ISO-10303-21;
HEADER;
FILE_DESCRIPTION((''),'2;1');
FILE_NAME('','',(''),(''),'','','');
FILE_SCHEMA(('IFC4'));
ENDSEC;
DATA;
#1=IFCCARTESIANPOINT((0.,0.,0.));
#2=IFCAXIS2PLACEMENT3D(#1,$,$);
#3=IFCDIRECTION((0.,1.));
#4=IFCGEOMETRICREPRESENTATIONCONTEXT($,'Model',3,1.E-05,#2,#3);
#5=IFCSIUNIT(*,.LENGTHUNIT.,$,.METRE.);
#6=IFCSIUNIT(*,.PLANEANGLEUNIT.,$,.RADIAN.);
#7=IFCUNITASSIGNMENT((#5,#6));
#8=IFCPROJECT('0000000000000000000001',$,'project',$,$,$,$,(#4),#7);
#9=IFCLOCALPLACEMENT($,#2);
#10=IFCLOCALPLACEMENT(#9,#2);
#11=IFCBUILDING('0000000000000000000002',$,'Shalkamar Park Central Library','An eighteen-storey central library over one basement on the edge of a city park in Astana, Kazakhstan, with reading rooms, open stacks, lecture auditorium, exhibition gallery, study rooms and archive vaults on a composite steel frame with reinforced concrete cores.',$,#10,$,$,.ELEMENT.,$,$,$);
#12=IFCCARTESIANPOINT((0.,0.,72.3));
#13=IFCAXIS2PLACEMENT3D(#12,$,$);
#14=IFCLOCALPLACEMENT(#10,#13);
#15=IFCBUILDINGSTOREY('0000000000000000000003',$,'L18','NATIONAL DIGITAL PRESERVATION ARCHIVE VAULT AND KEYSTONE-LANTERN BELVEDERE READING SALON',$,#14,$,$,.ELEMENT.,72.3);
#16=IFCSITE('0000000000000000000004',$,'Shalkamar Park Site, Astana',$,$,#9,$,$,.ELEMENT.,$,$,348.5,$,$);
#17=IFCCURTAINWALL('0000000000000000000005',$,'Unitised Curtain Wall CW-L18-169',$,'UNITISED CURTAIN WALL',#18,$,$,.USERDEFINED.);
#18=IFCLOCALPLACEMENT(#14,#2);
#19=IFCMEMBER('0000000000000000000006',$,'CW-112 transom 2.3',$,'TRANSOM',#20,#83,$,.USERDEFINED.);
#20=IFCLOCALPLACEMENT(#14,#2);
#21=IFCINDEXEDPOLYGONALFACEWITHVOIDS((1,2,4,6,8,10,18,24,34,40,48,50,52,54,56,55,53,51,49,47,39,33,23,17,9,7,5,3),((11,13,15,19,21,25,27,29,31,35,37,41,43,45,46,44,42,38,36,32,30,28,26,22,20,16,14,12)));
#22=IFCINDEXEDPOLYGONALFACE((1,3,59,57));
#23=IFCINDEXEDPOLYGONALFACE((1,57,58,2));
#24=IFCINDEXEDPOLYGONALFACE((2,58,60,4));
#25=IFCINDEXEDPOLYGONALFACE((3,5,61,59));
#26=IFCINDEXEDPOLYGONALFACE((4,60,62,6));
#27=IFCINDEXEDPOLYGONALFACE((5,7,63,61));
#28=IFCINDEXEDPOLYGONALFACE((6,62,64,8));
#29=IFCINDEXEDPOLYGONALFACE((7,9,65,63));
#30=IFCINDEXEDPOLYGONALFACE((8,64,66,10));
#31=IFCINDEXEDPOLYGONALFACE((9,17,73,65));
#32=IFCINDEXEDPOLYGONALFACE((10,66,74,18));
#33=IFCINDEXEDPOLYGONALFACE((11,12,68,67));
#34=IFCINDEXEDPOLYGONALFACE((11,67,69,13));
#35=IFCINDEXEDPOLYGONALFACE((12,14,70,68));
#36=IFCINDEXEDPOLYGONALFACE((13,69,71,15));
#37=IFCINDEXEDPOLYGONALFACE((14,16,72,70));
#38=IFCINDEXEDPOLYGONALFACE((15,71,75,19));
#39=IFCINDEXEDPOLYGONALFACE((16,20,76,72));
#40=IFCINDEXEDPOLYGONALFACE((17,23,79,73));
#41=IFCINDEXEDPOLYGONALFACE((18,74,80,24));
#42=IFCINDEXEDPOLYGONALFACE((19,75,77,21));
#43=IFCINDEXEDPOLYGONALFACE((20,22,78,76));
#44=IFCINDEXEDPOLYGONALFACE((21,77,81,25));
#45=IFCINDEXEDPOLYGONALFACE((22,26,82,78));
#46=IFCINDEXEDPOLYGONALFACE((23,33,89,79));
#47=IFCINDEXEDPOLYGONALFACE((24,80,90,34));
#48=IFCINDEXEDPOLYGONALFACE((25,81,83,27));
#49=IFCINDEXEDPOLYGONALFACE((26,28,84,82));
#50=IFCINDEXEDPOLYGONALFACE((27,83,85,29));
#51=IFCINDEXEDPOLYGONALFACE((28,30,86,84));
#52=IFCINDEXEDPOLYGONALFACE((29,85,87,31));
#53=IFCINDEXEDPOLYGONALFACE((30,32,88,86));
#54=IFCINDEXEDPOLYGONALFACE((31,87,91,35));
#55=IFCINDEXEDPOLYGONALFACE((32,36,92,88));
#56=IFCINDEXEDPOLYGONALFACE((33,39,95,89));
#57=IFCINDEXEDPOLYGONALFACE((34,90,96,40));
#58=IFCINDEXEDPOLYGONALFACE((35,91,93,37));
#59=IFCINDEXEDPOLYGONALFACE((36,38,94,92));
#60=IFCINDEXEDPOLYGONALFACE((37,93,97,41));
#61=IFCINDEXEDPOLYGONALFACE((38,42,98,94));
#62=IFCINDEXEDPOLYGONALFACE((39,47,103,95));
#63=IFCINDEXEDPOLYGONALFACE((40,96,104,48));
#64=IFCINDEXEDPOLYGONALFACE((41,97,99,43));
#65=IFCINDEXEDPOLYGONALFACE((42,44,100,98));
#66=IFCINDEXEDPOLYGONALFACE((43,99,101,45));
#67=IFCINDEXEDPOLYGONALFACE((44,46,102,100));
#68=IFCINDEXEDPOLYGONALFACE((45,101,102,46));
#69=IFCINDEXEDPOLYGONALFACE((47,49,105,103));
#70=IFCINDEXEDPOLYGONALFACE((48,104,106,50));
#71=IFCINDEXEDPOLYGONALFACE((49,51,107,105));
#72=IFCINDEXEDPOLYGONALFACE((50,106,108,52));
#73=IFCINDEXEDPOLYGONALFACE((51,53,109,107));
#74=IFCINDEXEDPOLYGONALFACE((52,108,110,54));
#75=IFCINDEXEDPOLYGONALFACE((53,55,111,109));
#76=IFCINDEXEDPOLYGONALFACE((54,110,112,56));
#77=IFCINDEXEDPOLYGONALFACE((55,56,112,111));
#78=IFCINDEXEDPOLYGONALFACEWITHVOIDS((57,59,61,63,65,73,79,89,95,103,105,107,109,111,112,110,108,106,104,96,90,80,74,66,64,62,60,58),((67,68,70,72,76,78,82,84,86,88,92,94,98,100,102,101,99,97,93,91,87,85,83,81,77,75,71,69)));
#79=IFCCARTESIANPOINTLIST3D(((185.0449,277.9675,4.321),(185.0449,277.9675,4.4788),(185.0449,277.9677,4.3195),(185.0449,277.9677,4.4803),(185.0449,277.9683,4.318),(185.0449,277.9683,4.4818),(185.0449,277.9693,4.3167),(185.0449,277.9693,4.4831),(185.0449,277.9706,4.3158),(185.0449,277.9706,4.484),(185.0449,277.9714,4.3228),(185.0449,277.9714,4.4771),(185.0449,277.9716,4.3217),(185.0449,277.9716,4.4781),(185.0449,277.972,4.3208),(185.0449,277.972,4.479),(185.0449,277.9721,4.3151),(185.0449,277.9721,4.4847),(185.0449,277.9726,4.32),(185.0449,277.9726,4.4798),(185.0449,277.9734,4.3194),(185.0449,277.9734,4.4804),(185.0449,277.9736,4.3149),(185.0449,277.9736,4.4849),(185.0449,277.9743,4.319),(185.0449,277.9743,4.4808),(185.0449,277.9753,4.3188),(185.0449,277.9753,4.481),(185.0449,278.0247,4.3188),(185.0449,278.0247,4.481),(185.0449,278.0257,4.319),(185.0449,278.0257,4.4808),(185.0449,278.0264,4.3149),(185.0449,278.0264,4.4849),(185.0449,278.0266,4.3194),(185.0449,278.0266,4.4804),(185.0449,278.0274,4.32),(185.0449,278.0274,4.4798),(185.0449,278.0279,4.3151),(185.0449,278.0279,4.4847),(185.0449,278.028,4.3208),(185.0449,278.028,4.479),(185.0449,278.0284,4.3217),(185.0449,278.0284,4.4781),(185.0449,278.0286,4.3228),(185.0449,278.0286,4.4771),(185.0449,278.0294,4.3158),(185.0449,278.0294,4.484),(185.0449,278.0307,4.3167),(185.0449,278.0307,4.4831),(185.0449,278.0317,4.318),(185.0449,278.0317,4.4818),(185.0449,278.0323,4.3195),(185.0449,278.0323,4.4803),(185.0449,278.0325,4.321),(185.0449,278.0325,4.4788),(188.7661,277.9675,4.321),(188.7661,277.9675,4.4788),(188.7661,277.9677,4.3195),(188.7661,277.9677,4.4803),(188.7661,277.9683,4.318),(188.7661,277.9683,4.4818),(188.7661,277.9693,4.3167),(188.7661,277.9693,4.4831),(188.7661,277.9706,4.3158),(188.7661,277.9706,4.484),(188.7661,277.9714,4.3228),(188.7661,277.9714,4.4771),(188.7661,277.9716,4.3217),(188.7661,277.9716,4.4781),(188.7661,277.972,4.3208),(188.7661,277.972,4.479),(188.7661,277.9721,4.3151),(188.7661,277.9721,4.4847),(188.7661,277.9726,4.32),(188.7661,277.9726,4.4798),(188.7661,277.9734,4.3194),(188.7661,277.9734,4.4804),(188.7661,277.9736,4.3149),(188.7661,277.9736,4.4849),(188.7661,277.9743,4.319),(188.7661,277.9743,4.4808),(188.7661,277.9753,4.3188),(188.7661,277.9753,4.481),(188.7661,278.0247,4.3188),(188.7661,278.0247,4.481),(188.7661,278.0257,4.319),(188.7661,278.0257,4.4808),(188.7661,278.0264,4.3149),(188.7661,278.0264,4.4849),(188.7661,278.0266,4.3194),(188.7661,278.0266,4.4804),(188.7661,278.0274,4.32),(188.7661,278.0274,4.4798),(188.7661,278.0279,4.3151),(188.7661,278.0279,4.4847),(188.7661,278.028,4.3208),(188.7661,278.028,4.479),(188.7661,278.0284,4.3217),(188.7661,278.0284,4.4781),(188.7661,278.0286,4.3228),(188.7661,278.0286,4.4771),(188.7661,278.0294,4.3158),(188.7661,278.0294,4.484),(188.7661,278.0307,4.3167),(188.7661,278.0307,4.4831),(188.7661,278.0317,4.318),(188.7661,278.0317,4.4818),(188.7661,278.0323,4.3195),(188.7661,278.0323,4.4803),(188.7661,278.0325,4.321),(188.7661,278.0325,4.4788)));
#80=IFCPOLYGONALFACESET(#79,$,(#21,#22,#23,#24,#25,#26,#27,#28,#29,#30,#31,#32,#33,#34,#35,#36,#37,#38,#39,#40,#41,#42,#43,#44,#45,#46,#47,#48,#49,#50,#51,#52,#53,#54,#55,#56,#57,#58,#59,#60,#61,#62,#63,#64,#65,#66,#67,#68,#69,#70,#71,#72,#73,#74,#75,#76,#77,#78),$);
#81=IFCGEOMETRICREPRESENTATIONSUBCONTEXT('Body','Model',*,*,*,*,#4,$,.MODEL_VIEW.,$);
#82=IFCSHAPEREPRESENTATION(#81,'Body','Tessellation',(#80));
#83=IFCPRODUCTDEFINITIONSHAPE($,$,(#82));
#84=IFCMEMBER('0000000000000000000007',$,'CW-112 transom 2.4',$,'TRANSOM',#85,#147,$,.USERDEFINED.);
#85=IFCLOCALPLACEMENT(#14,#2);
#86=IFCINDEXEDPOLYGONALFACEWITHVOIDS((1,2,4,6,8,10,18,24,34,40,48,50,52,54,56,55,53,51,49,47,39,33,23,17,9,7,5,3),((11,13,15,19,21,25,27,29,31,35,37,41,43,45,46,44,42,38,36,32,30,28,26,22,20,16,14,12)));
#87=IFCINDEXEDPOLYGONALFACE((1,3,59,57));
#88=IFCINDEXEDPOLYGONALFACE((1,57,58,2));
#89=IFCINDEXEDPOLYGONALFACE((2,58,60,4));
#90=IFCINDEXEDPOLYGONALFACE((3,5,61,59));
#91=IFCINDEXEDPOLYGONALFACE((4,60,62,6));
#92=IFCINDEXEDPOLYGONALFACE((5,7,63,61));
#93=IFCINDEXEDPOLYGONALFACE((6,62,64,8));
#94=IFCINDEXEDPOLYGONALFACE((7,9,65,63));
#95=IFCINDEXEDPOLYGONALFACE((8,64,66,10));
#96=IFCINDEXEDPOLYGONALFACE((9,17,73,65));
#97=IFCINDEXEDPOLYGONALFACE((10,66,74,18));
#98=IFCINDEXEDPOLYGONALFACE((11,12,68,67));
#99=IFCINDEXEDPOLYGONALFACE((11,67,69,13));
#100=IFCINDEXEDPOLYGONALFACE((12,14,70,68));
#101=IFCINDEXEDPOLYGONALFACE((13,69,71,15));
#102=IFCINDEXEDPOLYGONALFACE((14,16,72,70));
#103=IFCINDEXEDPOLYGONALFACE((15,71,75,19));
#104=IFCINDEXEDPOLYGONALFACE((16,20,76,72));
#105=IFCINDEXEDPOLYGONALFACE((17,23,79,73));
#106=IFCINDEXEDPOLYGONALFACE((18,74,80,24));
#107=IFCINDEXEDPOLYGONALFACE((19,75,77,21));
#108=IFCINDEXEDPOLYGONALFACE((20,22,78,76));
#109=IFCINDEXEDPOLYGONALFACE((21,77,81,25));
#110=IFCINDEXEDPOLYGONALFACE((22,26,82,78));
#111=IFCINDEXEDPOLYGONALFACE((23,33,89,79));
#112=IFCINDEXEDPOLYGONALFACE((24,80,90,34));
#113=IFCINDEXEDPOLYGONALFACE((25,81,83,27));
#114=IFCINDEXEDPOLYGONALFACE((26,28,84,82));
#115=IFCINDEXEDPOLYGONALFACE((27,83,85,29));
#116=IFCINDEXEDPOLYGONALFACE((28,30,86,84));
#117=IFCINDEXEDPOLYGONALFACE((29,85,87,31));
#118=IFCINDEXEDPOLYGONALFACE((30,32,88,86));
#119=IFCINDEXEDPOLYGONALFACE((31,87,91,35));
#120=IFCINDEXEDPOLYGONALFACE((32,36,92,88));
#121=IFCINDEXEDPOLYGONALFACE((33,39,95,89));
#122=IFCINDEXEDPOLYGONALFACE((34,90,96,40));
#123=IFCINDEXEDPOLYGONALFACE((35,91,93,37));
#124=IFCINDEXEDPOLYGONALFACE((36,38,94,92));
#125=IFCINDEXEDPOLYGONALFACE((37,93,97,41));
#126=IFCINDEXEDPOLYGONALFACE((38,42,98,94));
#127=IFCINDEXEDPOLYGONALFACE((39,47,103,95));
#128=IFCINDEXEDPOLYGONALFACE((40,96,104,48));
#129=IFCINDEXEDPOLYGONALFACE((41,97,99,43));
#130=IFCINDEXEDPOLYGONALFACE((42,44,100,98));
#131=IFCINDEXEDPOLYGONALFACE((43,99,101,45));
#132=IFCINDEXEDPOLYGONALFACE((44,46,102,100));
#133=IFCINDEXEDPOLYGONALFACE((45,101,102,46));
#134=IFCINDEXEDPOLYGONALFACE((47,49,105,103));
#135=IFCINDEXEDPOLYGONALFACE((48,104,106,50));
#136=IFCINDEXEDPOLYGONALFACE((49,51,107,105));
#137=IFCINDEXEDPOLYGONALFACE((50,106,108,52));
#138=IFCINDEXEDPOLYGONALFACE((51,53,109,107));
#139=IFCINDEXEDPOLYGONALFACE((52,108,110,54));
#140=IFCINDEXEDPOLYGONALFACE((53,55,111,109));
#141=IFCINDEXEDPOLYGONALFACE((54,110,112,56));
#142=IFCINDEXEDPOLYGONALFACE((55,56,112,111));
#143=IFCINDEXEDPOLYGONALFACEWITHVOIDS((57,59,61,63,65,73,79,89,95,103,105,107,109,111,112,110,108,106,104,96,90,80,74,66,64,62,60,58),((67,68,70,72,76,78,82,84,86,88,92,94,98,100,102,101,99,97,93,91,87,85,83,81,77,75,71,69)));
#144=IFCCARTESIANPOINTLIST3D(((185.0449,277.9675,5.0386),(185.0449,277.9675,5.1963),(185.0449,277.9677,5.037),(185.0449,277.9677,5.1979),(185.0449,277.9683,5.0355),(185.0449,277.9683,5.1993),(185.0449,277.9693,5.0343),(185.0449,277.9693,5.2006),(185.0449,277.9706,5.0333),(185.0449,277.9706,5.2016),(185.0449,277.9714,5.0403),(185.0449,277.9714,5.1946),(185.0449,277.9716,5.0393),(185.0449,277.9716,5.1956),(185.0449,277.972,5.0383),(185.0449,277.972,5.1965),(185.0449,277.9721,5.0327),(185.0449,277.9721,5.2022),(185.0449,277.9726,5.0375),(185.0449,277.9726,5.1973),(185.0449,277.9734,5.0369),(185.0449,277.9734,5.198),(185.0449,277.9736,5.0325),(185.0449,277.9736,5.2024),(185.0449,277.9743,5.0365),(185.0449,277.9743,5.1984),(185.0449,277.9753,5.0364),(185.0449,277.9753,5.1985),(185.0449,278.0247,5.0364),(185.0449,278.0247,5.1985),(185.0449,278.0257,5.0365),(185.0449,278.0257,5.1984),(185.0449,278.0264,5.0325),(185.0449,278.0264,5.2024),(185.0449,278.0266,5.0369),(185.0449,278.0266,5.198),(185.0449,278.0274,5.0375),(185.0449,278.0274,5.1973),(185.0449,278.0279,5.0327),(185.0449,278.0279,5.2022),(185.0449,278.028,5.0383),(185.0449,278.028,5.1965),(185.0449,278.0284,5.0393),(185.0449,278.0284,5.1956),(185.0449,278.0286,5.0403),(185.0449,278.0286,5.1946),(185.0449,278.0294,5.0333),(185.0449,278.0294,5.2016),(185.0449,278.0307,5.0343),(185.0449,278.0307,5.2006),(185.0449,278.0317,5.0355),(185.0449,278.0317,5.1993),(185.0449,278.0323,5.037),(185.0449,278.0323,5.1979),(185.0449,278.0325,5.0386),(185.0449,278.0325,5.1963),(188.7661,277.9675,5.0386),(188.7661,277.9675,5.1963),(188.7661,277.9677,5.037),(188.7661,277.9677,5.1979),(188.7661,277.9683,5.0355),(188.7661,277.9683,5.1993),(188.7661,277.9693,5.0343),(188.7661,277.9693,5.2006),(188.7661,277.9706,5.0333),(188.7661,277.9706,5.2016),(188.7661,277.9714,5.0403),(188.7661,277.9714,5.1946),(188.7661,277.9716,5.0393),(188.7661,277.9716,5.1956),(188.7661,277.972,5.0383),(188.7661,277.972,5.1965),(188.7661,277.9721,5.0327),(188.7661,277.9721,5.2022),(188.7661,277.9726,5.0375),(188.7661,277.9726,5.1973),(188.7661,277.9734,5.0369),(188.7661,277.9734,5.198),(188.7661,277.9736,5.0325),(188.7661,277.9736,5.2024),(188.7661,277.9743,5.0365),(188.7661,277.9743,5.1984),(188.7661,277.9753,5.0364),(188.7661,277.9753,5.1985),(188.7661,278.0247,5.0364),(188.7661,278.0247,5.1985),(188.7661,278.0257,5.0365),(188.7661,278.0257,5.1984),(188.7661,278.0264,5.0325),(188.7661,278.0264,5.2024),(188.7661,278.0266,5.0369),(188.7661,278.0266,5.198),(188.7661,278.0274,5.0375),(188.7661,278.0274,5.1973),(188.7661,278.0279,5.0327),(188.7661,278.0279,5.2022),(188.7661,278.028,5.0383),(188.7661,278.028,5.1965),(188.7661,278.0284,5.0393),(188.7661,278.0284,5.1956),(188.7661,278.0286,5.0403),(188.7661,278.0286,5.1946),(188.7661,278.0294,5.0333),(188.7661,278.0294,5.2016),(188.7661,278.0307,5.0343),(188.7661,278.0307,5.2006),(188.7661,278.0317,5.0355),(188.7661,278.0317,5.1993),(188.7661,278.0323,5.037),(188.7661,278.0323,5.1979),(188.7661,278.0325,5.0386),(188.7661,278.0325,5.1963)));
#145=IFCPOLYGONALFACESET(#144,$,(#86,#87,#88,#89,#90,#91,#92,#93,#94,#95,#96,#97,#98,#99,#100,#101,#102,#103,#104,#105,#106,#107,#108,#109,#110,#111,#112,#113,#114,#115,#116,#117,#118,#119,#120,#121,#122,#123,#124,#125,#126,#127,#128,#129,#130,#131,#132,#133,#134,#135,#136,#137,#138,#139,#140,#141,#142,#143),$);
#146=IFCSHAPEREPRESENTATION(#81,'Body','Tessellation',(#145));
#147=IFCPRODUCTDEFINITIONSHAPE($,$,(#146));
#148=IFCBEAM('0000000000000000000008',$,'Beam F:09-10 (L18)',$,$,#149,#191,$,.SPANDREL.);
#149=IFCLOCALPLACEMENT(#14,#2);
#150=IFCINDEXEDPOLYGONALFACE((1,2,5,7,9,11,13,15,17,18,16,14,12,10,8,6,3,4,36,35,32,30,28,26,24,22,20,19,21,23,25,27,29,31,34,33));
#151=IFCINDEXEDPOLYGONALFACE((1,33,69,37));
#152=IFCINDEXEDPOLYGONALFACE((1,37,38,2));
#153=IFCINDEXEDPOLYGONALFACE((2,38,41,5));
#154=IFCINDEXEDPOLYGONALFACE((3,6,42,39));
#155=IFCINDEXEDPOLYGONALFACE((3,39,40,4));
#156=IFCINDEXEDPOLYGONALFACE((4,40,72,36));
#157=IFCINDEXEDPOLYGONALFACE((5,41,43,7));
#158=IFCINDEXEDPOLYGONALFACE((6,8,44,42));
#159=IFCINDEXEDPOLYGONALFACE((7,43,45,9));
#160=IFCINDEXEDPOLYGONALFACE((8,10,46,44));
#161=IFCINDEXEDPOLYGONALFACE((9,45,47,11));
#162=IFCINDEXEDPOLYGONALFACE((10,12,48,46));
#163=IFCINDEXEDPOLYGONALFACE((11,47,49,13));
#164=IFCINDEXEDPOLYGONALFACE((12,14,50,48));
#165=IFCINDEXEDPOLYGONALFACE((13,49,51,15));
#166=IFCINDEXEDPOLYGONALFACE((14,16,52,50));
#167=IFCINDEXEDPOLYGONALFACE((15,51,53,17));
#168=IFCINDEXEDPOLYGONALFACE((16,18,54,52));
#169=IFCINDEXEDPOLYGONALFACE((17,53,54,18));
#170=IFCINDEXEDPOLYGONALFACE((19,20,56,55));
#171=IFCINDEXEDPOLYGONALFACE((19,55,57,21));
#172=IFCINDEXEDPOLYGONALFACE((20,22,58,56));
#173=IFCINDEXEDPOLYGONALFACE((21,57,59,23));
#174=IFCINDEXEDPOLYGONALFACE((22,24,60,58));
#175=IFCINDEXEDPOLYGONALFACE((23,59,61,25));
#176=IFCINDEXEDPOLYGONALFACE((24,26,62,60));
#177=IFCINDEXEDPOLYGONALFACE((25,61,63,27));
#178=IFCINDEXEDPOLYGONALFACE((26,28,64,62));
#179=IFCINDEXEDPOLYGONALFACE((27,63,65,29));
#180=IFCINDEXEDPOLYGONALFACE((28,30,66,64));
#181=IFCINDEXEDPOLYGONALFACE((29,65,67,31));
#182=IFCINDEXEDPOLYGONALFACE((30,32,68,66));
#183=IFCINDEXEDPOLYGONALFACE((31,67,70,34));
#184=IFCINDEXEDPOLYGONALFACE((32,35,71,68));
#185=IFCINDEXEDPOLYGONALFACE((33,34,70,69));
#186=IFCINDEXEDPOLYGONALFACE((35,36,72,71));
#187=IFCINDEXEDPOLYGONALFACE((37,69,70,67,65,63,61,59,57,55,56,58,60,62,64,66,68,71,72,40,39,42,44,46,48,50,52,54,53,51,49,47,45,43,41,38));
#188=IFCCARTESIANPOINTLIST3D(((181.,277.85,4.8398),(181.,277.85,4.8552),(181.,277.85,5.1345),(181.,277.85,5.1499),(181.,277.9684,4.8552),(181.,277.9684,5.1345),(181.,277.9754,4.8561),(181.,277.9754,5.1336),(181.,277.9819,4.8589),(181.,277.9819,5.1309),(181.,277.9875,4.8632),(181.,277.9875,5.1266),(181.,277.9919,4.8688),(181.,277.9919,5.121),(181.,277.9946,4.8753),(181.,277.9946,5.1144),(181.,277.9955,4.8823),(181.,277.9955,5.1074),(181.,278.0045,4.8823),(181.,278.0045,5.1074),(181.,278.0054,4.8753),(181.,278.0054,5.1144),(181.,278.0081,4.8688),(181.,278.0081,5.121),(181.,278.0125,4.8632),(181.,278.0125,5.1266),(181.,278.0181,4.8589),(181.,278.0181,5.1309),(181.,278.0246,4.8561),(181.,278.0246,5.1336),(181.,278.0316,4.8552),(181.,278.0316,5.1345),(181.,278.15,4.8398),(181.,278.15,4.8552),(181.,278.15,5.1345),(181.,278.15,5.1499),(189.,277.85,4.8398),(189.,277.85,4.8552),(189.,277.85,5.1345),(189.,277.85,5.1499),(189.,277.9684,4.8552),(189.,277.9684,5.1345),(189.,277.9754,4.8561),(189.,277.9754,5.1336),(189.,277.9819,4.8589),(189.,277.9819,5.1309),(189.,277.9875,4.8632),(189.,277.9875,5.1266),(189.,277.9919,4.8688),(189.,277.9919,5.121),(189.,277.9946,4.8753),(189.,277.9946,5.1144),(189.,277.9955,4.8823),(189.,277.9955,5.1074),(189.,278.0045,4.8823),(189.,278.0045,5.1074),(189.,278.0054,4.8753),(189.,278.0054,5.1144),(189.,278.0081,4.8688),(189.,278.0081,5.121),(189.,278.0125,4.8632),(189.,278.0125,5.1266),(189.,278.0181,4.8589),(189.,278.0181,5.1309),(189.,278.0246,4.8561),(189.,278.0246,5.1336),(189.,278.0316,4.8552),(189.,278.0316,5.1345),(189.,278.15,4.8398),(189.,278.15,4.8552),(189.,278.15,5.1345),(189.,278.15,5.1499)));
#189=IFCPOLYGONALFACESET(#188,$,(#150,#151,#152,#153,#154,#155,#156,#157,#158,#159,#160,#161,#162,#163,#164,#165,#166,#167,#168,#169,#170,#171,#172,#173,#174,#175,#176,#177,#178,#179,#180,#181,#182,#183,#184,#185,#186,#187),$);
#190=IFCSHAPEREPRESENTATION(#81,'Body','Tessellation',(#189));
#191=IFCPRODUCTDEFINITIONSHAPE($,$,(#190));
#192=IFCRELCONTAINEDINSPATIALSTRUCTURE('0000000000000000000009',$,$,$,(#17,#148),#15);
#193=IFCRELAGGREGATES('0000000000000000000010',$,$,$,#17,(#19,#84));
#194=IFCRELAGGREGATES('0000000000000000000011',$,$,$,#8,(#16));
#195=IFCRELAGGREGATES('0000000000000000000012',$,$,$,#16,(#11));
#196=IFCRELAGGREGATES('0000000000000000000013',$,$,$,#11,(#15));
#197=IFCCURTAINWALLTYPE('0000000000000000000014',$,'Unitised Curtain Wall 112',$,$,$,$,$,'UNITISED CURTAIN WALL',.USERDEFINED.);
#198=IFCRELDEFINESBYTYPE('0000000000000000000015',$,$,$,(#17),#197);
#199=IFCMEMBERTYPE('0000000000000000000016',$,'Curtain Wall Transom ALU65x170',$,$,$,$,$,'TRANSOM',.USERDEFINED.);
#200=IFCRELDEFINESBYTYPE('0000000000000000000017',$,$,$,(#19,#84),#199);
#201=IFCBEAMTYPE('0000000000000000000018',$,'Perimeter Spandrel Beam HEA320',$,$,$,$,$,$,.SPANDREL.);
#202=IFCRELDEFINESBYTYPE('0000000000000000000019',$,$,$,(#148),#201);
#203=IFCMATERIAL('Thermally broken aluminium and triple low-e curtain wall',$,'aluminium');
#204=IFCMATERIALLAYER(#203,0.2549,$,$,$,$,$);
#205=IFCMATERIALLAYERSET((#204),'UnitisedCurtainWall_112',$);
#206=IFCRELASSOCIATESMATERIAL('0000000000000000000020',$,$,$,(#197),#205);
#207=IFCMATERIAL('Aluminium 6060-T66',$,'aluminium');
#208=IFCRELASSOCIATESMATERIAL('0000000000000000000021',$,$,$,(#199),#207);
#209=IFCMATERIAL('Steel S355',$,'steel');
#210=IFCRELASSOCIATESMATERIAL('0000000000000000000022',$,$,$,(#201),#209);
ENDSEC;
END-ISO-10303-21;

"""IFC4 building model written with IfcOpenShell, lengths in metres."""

from ifc_helpers import new_model, si_unit, direction, frame, origin, origin_2d, place, context, subcontext, project, spatial, hollow_rectangle, i_section, extrude, material, layer, layer_set, material_profile, profile_set, type_object, element, aggregate, save


model = new_model("IFC4")

# Units and contexts
model_context = context("Model", 3, precision=1e-05, world=origin(), true_north=direction((0.0, 1.0)))
body_context = subcontext(model_context, "Body", "Model", "MODEL_VIEW")
ifc_project = project(units=[si_unit("LENGTHUNIT", "METRE"), si_unit("PLANEANGLEUNIT", "RADIAN")], contexts=[model_context])

# Site, building, storey
site_placement = place(None, origin())
site = spatial("IfcSite", under=ifc_project, at=site_placement, Name="Shalkamar Park Site, Astana", CompositionType="ELEMENT", RefElevation=348.5)
building_placement = place(site_placement, origin())
building = spatial("IfcBuilding", under=site, at=building_placement, Name="Shalkamar Park Central Library", Description="An eighteen-storey central library over one basement on the edge of a city park in Astana, Kazakhstan, with reading rooms, open stacks, lecture auditorium, exhibition gallery, study rooms and archive vaults on a composite steel frame with reinforced concrete cores.", CompositionType="ELEMENT")
storey_placement = place(building_placement, frame((0.0, 0.0, 72.3)))
storey = spatial("IfcBuildingStorey", under=building, at=storey_placement, Name="L18", Description="NATIONAL DIGITAL PRESERVATION ARCHIVE VAULT AND KEYSTONE-LANTERN BELVEDERE READING SALON", CompositionType="ELEMENT", Elevation=72.3)

# Shared definitions
ifc_material_1 = material(Name="Steel S355", Category="steel")

# Shared definitions
ifc_material_2 = material(Name="Thermally broken aluminium and triple low-e curtain wall", Category="aluminium")
ifc_material_3 = material(Name="Aluminium 6060-T66", Category="aluminium")

# Curtain wall
ifc_layer_1 = layer(ifc_material_2, 0.2549)
ifc_layer_set_1 = layer_set([ifc_layer_1], Name="UnitisedCurtainWall_112")
curtain_wall_type_1 = type_object("IfcCurtainWallType", Name="Unitised Curtain Wall 112", ElementType="UNITISED CURTAIN WALL", PredefinedType="USERDEFINED", material=ifc_layer_set_1)
curtain_wall_1_placement = place(storey_placement, origin())
curtain_wall_1 = element("IfcCurtainWall", 1, at=curtain_wall_1_placement, inside=storey, type_object=curtain_wall_type_1, Name="Unitised Curtain Wall CW-L18-169", ObjectType="UNITISED CURTAIN WALL", PredefinedType="USERDEFINED")

# Members
ifc_material_profile_1 = material_profile(ifc_material_3, hollow_rectangle(XDim=0.0649, YDim=0.1699, WallThickness=0.0039, InnerFilletRadius=0.0039, OuterFilletRadius=0.0061, at=origin_2d()), Name="ALU 65x170x4")
ifc_profile_set_1 = profile_set([ifc_material_profile_1], Name="Aluminium 6060-T66")
member_type_1 = type_object("IfcMemberType", Name="Curtain Wall Transom ALU65x170", ElementType="TRANSOM", PredefinedType="USERDEFINED", material=ifc_profile_set_1)
member_1_placement = place(storey_placement, frame((185.0449, 278.0, 4.3999), z_axis=(1.0, 0.0, 0.0), x_axis=(0.0, 1.0, 0.0)))
member_1 = element("IfcMember", 2, at=member_1_placement, type_object=member_type_1, Name="CW-112 transom 2.3", ObjectType="TRANSOM", PredefinedType="USERDEFINED", context=body_context, shape_type="SweptSolid", body=[
    extrude(hollow_rectangle(XDim=0.0649, YDim=0.1699, WallThickness=0.0039, InnerFilletRadius=0.0039, OuterFilletRadius=0.0061, at=origin_2d()), origin(), (0.0, 0.0, 1.0), 3.7212),
])
member_2_placement = place(storey_placement, frame((185.0449, 278.0, 5.1174), z_axis=(1.0, 0.0, 0.0), x_axis=(0.0, 1.0, 0.0)))
member_2 = element("IfcMember", 3, at=member_2_placement, type_object=member_type_1, Name="CW-112 transom 2.4", ObjectType="TRANSOM", PredefinedType="USERDEFINED", context=body_context, shape_type="SweptSolid", body=[
    extrude(hollow_rectangle(XDim=0.0649, YDim=0.1699, WallThickness=0.0039, InnerFilletRadius=0.0039, OuterFilletRadius=0.0061, at=origin_2d()), origin(), (0.0, 0.0, 1.0), 3.7212),
])

# Beam
ifc_material_profile_2 = material_profile(ifc_material_1, i_section(OverallWidth=0.3, OverallDepth=0.3101, WebThickness=0.009, FlangeThickness=0.0154, FilletRadius=0.0271, at=origin_2d()), Name="HEA 320")
ifc_profile_set_2 = profile_set([ifc_material_profile_2], Name="Steel S355")
beam_type_1 = type_object("IfcBeamType", Name="Perimeter Spandrel Beam HEA320", PredefinedType="SPANDREL", material=ifc_profile_set_2)
beam_1_placement = place(storey_placement, frame((181.0, 278.0, 4.9949), z_axis=(1.0, 0.0, 0.0), x_axis=(0.0, 1.0, 0.0)))
element("IfcBeam", 4, at=beam_1_placement, inside=storey, type_object=beam_type_1, Name="Beam F:09-10 (L18)", PredefinedType="SPANDREL", context=body_context, shape_type="SweptSolid", body=[
    extrude(i_section(OverallWidth=0.3, OverallDepth=0.3101, WebThickness=0.009, FlangeThickness=0.0154, FilletRadius=0.0271, at=origin_2d()), origin(), (0.0, 0.0, 1.0), 8.0),
])

aggregate(curtain_wall_1, [member_1, member_2])

save(model, "model.ifc")
